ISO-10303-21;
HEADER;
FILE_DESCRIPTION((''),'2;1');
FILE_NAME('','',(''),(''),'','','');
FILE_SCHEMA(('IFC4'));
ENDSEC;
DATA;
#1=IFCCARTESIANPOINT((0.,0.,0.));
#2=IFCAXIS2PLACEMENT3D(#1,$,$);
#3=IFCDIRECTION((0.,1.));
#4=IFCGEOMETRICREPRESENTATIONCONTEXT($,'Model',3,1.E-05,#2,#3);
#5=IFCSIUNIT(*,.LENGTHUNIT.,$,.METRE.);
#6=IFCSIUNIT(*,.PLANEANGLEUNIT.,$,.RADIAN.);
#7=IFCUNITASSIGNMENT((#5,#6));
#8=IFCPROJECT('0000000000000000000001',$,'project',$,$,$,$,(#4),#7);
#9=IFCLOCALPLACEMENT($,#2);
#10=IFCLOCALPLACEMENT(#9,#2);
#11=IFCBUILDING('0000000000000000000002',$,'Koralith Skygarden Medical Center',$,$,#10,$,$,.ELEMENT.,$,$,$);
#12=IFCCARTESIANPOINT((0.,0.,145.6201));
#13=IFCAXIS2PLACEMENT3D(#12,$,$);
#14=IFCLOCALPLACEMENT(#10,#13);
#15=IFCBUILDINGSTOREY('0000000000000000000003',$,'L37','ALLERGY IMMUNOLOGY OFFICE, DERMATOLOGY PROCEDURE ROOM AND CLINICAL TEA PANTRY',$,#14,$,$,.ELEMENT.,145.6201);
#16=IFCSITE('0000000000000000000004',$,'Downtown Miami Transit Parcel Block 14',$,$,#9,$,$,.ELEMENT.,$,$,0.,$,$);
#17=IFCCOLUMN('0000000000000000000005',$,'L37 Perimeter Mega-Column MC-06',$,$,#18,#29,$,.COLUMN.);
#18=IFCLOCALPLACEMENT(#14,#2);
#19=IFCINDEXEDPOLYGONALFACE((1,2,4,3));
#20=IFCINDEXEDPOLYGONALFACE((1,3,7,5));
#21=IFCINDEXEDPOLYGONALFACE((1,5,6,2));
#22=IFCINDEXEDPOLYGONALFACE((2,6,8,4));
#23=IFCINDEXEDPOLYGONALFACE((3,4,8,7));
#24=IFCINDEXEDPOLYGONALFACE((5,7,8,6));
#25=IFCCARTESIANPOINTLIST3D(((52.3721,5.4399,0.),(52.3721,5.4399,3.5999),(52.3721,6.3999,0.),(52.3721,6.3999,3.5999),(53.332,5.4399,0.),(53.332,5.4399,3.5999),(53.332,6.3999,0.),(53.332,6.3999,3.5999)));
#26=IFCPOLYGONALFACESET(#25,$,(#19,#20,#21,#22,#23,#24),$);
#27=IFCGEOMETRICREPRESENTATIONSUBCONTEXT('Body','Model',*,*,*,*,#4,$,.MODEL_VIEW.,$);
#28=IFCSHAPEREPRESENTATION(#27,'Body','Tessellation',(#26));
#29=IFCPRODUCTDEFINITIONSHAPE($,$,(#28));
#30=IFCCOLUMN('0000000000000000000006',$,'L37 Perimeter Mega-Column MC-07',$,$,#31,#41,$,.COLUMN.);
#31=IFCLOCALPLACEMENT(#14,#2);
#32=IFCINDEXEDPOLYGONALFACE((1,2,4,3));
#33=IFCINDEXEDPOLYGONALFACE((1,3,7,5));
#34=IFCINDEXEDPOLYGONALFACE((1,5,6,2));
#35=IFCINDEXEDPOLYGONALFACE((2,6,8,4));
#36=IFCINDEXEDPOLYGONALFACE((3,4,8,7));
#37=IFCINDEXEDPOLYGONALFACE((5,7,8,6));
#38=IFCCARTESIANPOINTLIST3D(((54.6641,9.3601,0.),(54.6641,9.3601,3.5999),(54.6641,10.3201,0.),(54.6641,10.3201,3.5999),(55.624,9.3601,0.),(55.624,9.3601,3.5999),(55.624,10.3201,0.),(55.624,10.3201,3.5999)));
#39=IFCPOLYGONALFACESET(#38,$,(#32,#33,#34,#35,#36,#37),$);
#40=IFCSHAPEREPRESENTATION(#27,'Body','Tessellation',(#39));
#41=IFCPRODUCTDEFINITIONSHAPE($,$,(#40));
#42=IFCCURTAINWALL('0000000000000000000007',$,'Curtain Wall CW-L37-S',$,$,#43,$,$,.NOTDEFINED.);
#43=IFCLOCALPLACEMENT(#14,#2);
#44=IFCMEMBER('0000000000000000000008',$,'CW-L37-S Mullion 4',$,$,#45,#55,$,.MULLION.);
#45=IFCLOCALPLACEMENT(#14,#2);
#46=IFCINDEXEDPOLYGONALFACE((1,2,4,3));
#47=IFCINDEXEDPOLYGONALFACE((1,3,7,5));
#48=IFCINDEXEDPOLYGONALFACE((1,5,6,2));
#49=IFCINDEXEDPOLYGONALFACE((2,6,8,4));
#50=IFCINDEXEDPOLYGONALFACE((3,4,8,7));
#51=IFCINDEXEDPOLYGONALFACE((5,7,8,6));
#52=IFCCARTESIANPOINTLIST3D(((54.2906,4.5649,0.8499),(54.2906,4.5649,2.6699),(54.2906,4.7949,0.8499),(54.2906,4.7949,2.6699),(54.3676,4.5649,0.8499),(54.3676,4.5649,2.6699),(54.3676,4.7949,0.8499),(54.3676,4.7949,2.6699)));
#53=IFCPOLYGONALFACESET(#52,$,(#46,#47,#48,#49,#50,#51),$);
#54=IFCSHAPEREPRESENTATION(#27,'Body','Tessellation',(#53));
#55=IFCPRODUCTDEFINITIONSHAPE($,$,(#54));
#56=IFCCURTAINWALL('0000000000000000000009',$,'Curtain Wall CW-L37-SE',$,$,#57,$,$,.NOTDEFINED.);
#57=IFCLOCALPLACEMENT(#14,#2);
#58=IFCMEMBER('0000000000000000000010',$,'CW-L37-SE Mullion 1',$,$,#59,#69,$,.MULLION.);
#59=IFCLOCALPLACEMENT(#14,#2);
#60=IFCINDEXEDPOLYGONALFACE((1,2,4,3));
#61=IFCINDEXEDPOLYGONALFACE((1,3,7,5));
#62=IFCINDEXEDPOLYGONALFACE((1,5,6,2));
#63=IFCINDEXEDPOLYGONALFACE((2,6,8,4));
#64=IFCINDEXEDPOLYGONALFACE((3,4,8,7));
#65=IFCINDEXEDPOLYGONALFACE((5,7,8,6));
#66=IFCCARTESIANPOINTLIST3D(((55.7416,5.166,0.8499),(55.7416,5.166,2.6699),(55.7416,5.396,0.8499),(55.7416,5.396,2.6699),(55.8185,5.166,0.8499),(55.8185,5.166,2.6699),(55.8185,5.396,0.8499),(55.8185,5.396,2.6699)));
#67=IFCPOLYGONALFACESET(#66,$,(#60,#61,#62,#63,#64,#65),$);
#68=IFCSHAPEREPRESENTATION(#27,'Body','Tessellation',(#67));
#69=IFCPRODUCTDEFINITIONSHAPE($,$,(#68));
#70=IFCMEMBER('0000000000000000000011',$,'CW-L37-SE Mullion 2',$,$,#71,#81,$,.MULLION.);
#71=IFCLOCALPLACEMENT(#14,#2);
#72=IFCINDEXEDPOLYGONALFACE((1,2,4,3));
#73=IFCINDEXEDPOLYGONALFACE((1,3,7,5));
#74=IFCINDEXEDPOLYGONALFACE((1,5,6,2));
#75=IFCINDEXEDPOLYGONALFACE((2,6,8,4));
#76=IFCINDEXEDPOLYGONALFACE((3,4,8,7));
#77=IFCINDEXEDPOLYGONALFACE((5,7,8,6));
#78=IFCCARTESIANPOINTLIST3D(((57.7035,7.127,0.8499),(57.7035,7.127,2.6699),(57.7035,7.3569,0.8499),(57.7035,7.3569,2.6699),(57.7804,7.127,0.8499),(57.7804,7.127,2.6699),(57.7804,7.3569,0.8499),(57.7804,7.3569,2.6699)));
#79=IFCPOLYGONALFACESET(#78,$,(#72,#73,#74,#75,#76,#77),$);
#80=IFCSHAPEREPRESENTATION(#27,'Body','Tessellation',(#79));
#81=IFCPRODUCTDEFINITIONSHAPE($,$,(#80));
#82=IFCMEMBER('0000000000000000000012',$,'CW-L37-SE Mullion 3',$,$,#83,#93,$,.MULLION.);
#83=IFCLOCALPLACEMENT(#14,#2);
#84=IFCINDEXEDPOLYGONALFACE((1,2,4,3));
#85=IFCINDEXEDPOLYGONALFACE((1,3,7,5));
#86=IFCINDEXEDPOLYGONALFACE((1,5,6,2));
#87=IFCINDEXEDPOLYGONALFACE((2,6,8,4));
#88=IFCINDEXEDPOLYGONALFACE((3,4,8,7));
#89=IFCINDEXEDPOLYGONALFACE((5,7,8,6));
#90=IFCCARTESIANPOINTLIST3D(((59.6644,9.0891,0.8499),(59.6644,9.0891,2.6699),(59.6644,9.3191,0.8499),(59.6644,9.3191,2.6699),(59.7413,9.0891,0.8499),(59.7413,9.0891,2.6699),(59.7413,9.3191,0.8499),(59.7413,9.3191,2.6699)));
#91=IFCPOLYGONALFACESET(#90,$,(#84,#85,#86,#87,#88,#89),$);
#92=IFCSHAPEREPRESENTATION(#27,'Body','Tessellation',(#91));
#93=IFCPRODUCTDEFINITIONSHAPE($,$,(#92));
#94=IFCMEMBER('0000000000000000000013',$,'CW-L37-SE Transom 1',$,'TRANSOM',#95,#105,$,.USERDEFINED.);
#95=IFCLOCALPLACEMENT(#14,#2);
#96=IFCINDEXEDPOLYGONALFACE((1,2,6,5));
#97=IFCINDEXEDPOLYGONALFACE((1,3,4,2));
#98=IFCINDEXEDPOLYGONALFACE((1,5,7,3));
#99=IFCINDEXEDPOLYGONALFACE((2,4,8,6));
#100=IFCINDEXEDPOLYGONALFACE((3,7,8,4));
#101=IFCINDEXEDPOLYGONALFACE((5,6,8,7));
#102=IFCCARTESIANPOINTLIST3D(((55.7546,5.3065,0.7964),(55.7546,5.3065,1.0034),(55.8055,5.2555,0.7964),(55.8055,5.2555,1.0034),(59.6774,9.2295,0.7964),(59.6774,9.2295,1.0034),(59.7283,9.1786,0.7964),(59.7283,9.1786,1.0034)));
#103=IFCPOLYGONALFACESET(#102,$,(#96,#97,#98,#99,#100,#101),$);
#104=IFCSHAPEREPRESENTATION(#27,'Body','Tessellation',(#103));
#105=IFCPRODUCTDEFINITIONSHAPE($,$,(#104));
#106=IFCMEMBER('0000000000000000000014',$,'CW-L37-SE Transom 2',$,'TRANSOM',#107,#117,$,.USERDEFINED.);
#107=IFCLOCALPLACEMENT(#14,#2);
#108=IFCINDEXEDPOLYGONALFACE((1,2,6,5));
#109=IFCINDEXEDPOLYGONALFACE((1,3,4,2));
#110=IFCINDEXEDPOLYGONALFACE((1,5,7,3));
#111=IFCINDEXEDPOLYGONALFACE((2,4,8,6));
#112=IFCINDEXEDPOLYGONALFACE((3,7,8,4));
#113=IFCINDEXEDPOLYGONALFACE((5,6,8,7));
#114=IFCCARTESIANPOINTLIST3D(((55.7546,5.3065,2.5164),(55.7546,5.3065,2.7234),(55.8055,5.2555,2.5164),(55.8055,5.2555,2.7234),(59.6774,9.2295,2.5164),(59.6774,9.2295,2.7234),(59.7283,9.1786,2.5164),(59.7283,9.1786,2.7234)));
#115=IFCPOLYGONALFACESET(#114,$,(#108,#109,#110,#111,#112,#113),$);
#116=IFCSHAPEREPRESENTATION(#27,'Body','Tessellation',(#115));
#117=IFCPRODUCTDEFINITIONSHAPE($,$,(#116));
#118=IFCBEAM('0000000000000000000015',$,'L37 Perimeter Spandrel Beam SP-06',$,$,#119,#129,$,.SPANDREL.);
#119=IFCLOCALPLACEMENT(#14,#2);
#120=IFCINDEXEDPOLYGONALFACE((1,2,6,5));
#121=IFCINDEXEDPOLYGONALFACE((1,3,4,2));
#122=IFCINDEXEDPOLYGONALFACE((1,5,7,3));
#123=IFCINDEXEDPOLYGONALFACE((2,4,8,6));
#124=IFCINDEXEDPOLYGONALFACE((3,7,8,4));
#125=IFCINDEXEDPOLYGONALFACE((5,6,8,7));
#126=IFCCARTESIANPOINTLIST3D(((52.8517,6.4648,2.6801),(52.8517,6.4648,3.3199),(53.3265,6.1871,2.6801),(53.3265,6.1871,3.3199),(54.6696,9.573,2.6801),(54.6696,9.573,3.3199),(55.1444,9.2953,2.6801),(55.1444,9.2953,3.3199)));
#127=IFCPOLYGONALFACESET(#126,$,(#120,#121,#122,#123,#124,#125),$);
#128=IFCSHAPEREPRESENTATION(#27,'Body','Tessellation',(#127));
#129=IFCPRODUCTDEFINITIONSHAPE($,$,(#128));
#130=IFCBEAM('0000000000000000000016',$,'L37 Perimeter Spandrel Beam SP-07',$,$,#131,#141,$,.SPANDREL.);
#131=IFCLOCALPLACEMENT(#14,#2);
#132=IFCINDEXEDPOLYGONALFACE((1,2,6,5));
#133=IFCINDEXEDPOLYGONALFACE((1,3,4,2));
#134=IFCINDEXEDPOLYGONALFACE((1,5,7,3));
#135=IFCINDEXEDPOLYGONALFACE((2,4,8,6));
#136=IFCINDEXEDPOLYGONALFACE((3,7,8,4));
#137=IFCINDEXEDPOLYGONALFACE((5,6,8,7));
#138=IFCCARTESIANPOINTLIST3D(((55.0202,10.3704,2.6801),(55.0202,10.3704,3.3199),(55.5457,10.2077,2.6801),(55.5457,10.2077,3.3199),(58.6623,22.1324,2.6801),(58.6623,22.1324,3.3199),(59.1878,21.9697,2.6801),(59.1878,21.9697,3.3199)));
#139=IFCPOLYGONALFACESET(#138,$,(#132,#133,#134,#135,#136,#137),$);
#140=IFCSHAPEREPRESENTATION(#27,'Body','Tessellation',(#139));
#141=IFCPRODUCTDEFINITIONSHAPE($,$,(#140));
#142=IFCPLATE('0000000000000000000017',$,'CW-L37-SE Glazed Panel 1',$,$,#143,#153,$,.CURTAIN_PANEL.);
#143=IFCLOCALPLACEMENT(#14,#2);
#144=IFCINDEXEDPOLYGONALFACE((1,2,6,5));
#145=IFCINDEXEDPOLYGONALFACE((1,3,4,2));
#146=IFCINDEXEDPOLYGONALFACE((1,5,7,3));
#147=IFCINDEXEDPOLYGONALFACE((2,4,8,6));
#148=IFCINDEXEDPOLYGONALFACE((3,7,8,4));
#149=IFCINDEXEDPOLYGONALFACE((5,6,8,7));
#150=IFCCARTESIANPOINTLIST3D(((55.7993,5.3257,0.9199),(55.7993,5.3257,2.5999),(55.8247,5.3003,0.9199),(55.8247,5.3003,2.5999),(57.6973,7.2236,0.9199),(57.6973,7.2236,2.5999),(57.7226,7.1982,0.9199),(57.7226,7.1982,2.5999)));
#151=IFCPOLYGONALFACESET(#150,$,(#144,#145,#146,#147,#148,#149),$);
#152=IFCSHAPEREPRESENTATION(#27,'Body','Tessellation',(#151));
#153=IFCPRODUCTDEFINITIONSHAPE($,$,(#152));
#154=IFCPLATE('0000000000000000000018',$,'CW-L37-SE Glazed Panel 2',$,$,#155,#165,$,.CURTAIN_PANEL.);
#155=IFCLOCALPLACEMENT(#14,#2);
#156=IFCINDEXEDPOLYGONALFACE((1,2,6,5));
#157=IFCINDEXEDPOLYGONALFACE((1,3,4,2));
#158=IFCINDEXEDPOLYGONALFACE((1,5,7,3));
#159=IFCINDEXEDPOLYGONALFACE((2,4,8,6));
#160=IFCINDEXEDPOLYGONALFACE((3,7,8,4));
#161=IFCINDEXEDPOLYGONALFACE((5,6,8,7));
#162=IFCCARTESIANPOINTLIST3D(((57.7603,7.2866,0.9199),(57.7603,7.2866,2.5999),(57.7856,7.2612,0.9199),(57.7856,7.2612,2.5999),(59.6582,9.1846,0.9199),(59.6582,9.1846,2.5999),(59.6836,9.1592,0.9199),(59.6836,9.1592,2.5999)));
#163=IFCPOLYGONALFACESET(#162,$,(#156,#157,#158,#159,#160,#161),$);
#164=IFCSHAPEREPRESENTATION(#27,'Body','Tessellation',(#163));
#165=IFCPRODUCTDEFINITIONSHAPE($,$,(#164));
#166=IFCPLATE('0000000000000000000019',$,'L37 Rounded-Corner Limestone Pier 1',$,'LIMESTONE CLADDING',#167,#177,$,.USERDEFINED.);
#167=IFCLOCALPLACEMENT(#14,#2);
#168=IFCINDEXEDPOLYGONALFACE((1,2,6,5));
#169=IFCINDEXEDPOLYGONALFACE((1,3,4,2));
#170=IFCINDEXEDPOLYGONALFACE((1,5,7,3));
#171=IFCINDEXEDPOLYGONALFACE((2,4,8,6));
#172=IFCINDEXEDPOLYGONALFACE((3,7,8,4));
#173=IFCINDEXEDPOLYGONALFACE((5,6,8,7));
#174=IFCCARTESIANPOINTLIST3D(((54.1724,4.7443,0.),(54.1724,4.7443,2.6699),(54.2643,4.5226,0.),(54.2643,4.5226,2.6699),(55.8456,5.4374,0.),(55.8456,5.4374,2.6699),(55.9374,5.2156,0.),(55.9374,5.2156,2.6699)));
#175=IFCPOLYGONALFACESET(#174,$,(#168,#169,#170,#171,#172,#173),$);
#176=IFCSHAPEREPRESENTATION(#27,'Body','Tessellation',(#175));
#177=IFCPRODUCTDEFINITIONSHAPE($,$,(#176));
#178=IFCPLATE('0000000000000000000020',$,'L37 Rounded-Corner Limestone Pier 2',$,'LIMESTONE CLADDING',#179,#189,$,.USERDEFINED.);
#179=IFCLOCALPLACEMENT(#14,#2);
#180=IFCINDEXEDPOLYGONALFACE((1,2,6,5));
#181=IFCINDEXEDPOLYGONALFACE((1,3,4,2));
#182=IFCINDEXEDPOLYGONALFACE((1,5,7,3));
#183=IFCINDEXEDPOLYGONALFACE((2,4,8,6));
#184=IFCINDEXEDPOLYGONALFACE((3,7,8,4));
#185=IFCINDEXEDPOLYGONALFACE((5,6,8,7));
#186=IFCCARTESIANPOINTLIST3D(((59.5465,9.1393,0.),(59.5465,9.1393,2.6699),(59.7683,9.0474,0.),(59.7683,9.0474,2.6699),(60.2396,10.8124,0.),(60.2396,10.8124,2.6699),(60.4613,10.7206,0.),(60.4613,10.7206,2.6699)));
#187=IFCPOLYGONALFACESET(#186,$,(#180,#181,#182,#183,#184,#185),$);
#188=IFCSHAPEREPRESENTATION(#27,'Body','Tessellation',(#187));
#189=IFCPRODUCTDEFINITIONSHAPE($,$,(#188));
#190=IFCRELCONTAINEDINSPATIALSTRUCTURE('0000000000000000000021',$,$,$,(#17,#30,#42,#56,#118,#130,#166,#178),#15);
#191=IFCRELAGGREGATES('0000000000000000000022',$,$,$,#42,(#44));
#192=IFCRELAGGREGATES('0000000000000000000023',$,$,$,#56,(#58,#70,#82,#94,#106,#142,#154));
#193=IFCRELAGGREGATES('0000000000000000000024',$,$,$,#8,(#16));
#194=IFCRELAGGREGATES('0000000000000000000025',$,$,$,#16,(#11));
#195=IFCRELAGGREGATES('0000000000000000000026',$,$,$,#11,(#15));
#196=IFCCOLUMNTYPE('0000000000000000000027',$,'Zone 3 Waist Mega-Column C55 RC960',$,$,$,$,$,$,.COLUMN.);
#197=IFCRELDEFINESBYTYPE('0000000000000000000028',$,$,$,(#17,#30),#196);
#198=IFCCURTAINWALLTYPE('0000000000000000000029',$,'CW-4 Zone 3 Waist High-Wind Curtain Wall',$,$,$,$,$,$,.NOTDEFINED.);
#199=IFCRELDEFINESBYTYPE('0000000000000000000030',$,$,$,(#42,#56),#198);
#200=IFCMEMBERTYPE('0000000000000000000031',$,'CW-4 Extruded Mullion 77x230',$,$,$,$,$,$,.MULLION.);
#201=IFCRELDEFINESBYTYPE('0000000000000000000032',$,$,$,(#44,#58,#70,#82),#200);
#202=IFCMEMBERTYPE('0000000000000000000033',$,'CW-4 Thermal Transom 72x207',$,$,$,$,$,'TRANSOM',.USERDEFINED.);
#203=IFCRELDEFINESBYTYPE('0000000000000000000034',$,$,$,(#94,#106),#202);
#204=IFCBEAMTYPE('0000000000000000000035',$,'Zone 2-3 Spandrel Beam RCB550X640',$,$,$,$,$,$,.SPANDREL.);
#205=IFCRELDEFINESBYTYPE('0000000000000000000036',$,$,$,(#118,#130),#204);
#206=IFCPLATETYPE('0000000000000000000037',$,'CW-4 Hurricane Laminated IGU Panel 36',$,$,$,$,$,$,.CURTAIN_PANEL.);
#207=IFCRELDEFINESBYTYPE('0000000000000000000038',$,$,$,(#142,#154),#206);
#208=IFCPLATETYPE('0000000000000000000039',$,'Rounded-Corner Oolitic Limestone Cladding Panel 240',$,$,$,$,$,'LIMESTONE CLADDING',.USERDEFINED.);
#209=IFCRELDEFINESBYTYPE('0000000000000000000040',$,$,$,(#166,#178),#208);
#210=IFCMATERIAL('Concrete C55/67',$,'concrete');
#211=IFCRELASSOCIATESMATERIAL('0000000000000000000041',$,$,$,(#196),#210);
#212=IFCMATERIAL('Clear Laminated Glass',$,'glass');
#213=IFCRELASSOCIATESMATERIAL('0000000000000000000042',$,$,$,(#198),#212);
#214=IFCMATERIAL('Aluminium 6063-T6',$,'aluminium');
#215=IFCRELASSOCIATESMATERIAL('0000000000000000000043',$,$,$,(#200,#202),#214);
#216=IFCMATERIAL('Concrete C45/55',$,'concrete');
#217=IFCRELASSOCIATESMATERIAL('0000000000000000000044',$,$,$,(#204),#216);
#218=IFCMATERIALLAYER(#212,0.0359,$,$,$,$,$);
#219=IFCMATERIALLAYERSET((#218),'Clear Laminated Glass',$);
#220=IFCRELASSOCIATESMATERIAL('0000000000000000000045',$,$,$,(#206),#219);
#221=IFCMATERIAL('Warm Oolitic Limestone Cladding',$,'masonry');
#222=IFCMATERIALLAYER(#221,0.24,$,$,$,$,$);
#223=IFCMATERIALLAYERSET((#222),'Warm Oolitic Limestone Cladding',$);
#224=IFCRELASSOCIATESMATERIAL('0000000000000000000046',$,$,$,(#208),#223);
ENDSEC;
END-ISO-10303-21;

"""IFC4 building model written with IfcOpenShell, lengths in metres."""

from ifc_helpers import new_model, si_unit, direction, frame, origin, origin_2d, place, context, subcontext, project, spatial, rectangle, extrude, material, layer, layer_set, material_profile, profile_set, type_object, element, aggregate, save


model = new_model("IFC4")

# Units and contexts
model_context = context("Model", 3, precision=1e-05, world=origin(), true_north=direction((0.0, 1.0)))
body_context = subcontext(model_context, "Body", "Model", "MODEL_VIEW")
ifc_project = project(units=[si_unit("LENGTHUNIT", "METRE"), si_unit("PLANEANGLEUNIT", "RADIAN")], contexts=[model_context])

# Site, building, storey
site_placement = place(None, origin())
site = spatial("IfcSite", under=ifc_project, at=site_placement, Name="Downtown Miami Transit Parcel Block 14", CompositionType="ELEMENT", RefElevation=0.0)
building_placement = place(site_placement, origin())
building = spatial("IfcBuilding", under=site, at=building_placement, Name="Koralith Skygarden Medical Center", CompositionType="ELEMENT")
storey_placement = place(building_placement, frame((0.0, 0.0, 145.6201)))
storey = spatial("IfcBuildingStorey", under=building, at=storey_placement, Name="L37", Description="ALLERGY IMMUNOLOGY OFFICE, DERMATOLOGY PROCEDURE ROOM AND CLINICAL TEA PANTRY", CompositionType="ELEMENT", Elevation=145.6201)

# Columns
ifc_material_1 = material(Name="Concrete C55/67", Category="concrete")
ifc_material_profile_1 = material_profile(ifc_material_1, rectangle(XDim=0.96, YDim=0.96, at=origin_2d()), Name="RC960X960")
ifc_profile_set_1 = profile_set([ifc_material_profile_1], Name="Concrete C55/67")
column_type = type_object("IfcColumnType", Name="Zone 3 Waist Mega-Column C55 RC960", PredefinedType="COLUMN", material=ifc_profile_set_1)
for number, where, z_axis, x_axis, name in (
    (1, (52.8521, 5.9199, 0.0), (0.0, 0.0, 1.0), (1.0, 0.0, 0.0), "L37 Perimeter Mega-Column MC-06"),
    (2, (55.144, 9.8401, 0.0), (0.0, 0.0, 1.0), (1.0, 0.0, 0.0), "L37 Perimeter Mega-Column MC-07"),
):
    element("IfcColumn", number, at=place(storey_placement, frame(where, z_axis=z_axis, x_axis=x_axis)), inside=storey, type_object=column_type, Name=name, PredefinedType="COLUMN", context=body_context, shape_type="SweptSolid", body=[
        extrude(rectangle(XDim=0.96, YDim=0.96, at=origin_2d()), origin(), (0.0, 0.0, 1.0), 3.5999),
    ])

# Curtain wall, member
ifc_material_2 = material(Name="Clear Laminated Glass", Category="glass")
curtain_wall_type = type_object("IfcCurtainWallType", Name="CW-4 Zone 3 Waist High-Wind Curtain Wall", PredefinedType="NOTDEFINED", material=ifc_material_2)
curtain_wall_1_placement = place(storey_placement, origin())
curtain_wall_1 = element("IfcCurtainWall", 3, at=curtain_wall_1_placement, inside=storey, type_object=curtain_wall_type, Name="Curtain Wall CW-L37-S", PredefinedType="NOTDEFINED")
ifc_material_3 = material(Name="Aluminium 6063-T6", Category="aluminium")
ifc_material_profile_2 = material_profile(ifc_material_3, rectangle(XDim=0.0769, YDim=0.23, at=origin_2d()), Name="MUL77X230")
ifc_profile_set_2 = profile_set([ifc_material_profile_2], Name="Aluminium 6063-T6")
member_type_1 = type_object("IfcMemberType", Name="CW-4 Extruded Mullion 77x230", PredefinedType="MULLION", material=ifc_profile_set_2)
member_1_placement = place(storey_placement, frame((54.3291, 4.6799, 0.8499), z_axis=(0.0, 0.0, 1.0), x_axis=(1.0, 0.0, 0.0)))
member_1 = element("IfcMember", 4, at=member_1_placement, type_object=member_type_1, Name="CW-L37-S Mullion 4", PredefinedType="MULLION", context=body_context, shape_type="SweptSolid", body=[
    extrude(rectangle(XDim=0.0769, YDim=0.23, at=origin_2d()), origin(), (0.0, 0.0, 1.0), 1.8201),
])
aggregate(curtain_wall_1, [member_1])

# Curtain wall, members
curtain_wall_2_placement = place(storey_placement, origin())
curtain_wall_2 = element("IfcCurtainWall", 5, at=curtain_wall_2_placement, inside=storey, type_object=curtain_wall_type, Name="Curtain Wall CW-L37-SE", PredefinedType="NOTDEFINED")
member_2_placement = place(storey_placement, frame((55.78, 5.281, 0.8499), z_axis=(0.0, 0.0, 1.0), x_axis=(1.0, 0.0, 0.0)))
member_2 = element("IfcMember", 6, at=member_2_placement, type_object=member_type_1, Name="CW-L37-SE Mullion 1", PredefinedType="MULLION", context=body_context, shape_type="SweptSolid", body=[
    extrude(rectangle(XDim=0.0769, YDim=0.23, at=origin_2d()), origin(), (0.0, 0.0, 1.0), 1.8201),
])
member_3_placement = place(storey_placement, frame((57.7419, 7.2419, 0.8499), z_axis=(0.0, 0.0, 1.0), x_axis=(1.0, 0.0, 0.0)))
member_3 = element("IfcMember", 7, at=member_3_placement, type_object=member_type_1, Name="CW-L37-SE Mullion 2", PredefinedType="MULLION", context=body_context, shape_type="SweptSolid", body=[
    extrude(rectangle(XDim=0.0769, YDim=0.23, at=origin_2d()), origin(), (0.0, 0.0, 1.0), 1.8201),
])
member_4_placement = place(storey_placement, frame((59.7029, 9.2041, 0.8499), z_axis=(0.0, 0.0, 1.0), x_axis=(1.0, 0.0, 0.0)))
member_4 = element("IfcMember", 8, at=member_4_placement, type_object=member_type_1, Name="CW-L37-SE Mullion 3", PredefinedType="MULLION", context=body_context, shape_type="SweptSolid", body=[
    extrude(rectangle(XDim=0.0769, YDim=0.23, at=origin_2d()), origin(), (0.0, 0.0, 1.0), 1.8201),
])
ifc_material_profile_3 = material_profile(ifc_material_3, rectangle(XDim=0.072, YDim=0.207, at=origin_2d()), Name="TRN72X207")
ifc_profile_set_3 = profile_set([ifc_material_profile_3], Name="Aluminium 6063-T6")
member_type_2 = type_object("IfcMemberType", Name="CW-4 Thermal Transom 72x207", ElementType="TRANSOM", PredefinedType="USERDEFINED", material=ifc_profile_set_3)
member_5_placement = place(storey_placement, frame((55.78, 5.281, 0.8999), z_axis=(0.707085, 0.707129, 0.0), x_axis=(-0.707129, 0.707085, 0.0)))
member_5 = element("IfcMember", 9, at=member_5_placement, type_object=member_type_2, Name="CW-L37-SE Transom 1", ObjectType="TRANSOM", PredefinedType="USERDEFINED", context=body_context, shape_type="SweptSolid", body=[
    extrude(rectangle(XDim=0.072, YDim=0.207, at=origin_2d()), origin(), (0.0, 0.0, 1.0), 5.5479),
])
member_6_placement = place(storey_placement, frame((55.78, 5.281, 2.6199), z_axis=(0.707085, 0.707129, 0.0), x_axis=(-0.707129, 0.707085, 0.0)))
member_6 = element("IfcMember", 10, at=member_6_placement, type_object=member_type_2, Name="CW-L37-SE Transom 2", ObjectType="TRANSOM", PredefinedType="USERDEFINED", context=body_context, shape_type="SweptSolid", body=[
    extrude(rectangle(XDim=0.072, YDim=0.207, at=origin_2d()), origin(), (0.0, 0.0, 1.0), 5.5479),
])

# Beams
ifc_material_4 = material(Name="Concrete C45/55", Category="concrete")
ifc_material_profile_4 = material_profile(ifc_material_4, rectangle(XDim=0.55, YDim=0.6399, at=origin_2d()), Name="RCB550X640")
ifc_profile_set_4 = profile_set([ifc_material_profile_4], Name="Concrete C45/55")
beam_type = type_object("IfcBeamType", Name="Zone 2-3 Spandrel Beam RCB550X640", PredefinedType="SPANDREL", material=ifc_profile_set_4)
beam_1_placement = place(storey_placement, frame((53.0891, 6.3259, 3.0), z_axis=(0.504861, 0.8632, 0.0), x_axis=(-0.8632, 0.504861, 0.0)))
element("IfcBeam", 11, at=beam_1_placement, inside=storey, type_object=beam_type, Name="L37 Perimeter Spandrel Beam SP-06", PredefinedType="SPANDREL", context=body_context, shape_type="SweptSolid", body=[
    extrude(rectangle(XDim=0.55, YDim=0.6399, at=origin_2d()), origin(), (0.0, 0.0, 1.0), 3.6008),
])
beam_2_placement = place(storey_placement, frame((55.283, 10.2891, 3.0), z_axis=(0.295794, 0.955252, 0.0), x_axis=(-0.955252, 0.295794, 0.0)))
element("IfcBeam", 12, at=beam_2_placement, inside=storey, type_object=beam_type, Name="L37 Perimeter Spandrel Beam SP-07", PredefinedType="SPANDREL", context=body_context, shape_type="SweptSolid", body=[
    extrude(rectangle(XDim=0.55, YDim=0.6399, at=origin_2d()), origin(), (0.0, 0.0, 1.0), 12.313),
])

# Plates
ifc_layer_1 = layer(ifc_material_2, 0.0359)
ifc_layer_set_1 = layer_set([ifc_layer_1], Name="Clear Laminated Glass")
plate_type_1 = type_object("IfcPlateType", Name="CW-4 Hurricane Laminated IGU Panel 36", PredefinedType="CURTAIN_PANEL", material=ifc_layer_set_1)
plate_1_placement = place(storey_placement, frame((56.761, 6.262, 0.9199), z_axis=(0.0, 0.0, 1.0), x_axis=(0.707107, 0.707107, 0.0)))
plate_1 = element("IfcPlate", 13, at=plate_1_placement, type_object=plate_type_1, Name="CW-L37-SE Glazed Panel 1", PredefinedType="CURTAIN_PANEL", context=body_context, shape_type="SweptSolid", body=[
    extrude(rectangle(XDim=2.6841, YDim=0.0359, at=origin_2d()), origin(), (0.0, 0.0, 1.0), 1.6799),
])
plate_2_placement = place(storey_placement, frame((58.7219, 8.2229, 0.9199), z_axis=(0.0, 0.0, 1.0), x_axis=(0.707107, 0.707107, 0.0)))
plate_2 = element("IfcPlate", 14, at=plate_2_placement, type_object=plate_type_1, Name="CW-L37-SE Glazed Panel 2", PredefinedType="CURTAIN_PANEL", context=body_context, shape_type="SweptSolid", body=[
    extrude(rectangle(XDim=2.6841, YDim=0.0359, at=origin_2d()), origin(), (0.0, 0.0, 1.0), 1.6799),
])
aggregate(curtain_wall_2, [member_2, member_3, member_4, member_5, member_6, plate_1, plate_2])

# Plates
ifc_material_5 = material(Name="Warm Oolitic Limestone Cladding", Category="masonry")
ifc_layer_2 = layer(ifc_material_5, 0.24)
ifc_layer_set_2 = layer_set([ifc_layer_2], Name="Warm Oolitic Limestone Cladding")
plate_type_2 = type_object("IfcPlateType", Name="Rounded-Corner Oolitic Limestone Cladding Panel 240", ElementType="LIMESTONE CLADDING", PredefinedType="USERDEFINED", material=ifc_layer_set_2)
for number, where, z_axis, x_axis, name in (
    (15, (55.0549, 4.98, 0.0), (0.0, 0.0, 1.0), (0.923885, 0.382671, 0.0), "L37 Rounded-Corner Limestone Pier 1"),
    (16, (60.0039, 9.9299, 0.0), (0.0, 0.0, 1.0), (0.382671, 0.923885, 0.0), "L37 Rounded-Corner Limestone Pier 2"),
):
    element("IfcPlate", number, at=place(storey_placement, frame(where, z_axis=z_axis, x_axis=x_axis)), inside=storey, type_object=plate_type_2, Name=name, ObjectType="LIMESTONE CLADDING", PredefinedType="USERDEFINED", context=body_context, shape_type="SweptSolid", body=[
        extrude(rectangle(XDim=1.811, YDim=0.24, at=origin_2d()), origin(), (0.0, 0.0, 1.0), 2.6699),
    ])

save(model, "model.ifc")
